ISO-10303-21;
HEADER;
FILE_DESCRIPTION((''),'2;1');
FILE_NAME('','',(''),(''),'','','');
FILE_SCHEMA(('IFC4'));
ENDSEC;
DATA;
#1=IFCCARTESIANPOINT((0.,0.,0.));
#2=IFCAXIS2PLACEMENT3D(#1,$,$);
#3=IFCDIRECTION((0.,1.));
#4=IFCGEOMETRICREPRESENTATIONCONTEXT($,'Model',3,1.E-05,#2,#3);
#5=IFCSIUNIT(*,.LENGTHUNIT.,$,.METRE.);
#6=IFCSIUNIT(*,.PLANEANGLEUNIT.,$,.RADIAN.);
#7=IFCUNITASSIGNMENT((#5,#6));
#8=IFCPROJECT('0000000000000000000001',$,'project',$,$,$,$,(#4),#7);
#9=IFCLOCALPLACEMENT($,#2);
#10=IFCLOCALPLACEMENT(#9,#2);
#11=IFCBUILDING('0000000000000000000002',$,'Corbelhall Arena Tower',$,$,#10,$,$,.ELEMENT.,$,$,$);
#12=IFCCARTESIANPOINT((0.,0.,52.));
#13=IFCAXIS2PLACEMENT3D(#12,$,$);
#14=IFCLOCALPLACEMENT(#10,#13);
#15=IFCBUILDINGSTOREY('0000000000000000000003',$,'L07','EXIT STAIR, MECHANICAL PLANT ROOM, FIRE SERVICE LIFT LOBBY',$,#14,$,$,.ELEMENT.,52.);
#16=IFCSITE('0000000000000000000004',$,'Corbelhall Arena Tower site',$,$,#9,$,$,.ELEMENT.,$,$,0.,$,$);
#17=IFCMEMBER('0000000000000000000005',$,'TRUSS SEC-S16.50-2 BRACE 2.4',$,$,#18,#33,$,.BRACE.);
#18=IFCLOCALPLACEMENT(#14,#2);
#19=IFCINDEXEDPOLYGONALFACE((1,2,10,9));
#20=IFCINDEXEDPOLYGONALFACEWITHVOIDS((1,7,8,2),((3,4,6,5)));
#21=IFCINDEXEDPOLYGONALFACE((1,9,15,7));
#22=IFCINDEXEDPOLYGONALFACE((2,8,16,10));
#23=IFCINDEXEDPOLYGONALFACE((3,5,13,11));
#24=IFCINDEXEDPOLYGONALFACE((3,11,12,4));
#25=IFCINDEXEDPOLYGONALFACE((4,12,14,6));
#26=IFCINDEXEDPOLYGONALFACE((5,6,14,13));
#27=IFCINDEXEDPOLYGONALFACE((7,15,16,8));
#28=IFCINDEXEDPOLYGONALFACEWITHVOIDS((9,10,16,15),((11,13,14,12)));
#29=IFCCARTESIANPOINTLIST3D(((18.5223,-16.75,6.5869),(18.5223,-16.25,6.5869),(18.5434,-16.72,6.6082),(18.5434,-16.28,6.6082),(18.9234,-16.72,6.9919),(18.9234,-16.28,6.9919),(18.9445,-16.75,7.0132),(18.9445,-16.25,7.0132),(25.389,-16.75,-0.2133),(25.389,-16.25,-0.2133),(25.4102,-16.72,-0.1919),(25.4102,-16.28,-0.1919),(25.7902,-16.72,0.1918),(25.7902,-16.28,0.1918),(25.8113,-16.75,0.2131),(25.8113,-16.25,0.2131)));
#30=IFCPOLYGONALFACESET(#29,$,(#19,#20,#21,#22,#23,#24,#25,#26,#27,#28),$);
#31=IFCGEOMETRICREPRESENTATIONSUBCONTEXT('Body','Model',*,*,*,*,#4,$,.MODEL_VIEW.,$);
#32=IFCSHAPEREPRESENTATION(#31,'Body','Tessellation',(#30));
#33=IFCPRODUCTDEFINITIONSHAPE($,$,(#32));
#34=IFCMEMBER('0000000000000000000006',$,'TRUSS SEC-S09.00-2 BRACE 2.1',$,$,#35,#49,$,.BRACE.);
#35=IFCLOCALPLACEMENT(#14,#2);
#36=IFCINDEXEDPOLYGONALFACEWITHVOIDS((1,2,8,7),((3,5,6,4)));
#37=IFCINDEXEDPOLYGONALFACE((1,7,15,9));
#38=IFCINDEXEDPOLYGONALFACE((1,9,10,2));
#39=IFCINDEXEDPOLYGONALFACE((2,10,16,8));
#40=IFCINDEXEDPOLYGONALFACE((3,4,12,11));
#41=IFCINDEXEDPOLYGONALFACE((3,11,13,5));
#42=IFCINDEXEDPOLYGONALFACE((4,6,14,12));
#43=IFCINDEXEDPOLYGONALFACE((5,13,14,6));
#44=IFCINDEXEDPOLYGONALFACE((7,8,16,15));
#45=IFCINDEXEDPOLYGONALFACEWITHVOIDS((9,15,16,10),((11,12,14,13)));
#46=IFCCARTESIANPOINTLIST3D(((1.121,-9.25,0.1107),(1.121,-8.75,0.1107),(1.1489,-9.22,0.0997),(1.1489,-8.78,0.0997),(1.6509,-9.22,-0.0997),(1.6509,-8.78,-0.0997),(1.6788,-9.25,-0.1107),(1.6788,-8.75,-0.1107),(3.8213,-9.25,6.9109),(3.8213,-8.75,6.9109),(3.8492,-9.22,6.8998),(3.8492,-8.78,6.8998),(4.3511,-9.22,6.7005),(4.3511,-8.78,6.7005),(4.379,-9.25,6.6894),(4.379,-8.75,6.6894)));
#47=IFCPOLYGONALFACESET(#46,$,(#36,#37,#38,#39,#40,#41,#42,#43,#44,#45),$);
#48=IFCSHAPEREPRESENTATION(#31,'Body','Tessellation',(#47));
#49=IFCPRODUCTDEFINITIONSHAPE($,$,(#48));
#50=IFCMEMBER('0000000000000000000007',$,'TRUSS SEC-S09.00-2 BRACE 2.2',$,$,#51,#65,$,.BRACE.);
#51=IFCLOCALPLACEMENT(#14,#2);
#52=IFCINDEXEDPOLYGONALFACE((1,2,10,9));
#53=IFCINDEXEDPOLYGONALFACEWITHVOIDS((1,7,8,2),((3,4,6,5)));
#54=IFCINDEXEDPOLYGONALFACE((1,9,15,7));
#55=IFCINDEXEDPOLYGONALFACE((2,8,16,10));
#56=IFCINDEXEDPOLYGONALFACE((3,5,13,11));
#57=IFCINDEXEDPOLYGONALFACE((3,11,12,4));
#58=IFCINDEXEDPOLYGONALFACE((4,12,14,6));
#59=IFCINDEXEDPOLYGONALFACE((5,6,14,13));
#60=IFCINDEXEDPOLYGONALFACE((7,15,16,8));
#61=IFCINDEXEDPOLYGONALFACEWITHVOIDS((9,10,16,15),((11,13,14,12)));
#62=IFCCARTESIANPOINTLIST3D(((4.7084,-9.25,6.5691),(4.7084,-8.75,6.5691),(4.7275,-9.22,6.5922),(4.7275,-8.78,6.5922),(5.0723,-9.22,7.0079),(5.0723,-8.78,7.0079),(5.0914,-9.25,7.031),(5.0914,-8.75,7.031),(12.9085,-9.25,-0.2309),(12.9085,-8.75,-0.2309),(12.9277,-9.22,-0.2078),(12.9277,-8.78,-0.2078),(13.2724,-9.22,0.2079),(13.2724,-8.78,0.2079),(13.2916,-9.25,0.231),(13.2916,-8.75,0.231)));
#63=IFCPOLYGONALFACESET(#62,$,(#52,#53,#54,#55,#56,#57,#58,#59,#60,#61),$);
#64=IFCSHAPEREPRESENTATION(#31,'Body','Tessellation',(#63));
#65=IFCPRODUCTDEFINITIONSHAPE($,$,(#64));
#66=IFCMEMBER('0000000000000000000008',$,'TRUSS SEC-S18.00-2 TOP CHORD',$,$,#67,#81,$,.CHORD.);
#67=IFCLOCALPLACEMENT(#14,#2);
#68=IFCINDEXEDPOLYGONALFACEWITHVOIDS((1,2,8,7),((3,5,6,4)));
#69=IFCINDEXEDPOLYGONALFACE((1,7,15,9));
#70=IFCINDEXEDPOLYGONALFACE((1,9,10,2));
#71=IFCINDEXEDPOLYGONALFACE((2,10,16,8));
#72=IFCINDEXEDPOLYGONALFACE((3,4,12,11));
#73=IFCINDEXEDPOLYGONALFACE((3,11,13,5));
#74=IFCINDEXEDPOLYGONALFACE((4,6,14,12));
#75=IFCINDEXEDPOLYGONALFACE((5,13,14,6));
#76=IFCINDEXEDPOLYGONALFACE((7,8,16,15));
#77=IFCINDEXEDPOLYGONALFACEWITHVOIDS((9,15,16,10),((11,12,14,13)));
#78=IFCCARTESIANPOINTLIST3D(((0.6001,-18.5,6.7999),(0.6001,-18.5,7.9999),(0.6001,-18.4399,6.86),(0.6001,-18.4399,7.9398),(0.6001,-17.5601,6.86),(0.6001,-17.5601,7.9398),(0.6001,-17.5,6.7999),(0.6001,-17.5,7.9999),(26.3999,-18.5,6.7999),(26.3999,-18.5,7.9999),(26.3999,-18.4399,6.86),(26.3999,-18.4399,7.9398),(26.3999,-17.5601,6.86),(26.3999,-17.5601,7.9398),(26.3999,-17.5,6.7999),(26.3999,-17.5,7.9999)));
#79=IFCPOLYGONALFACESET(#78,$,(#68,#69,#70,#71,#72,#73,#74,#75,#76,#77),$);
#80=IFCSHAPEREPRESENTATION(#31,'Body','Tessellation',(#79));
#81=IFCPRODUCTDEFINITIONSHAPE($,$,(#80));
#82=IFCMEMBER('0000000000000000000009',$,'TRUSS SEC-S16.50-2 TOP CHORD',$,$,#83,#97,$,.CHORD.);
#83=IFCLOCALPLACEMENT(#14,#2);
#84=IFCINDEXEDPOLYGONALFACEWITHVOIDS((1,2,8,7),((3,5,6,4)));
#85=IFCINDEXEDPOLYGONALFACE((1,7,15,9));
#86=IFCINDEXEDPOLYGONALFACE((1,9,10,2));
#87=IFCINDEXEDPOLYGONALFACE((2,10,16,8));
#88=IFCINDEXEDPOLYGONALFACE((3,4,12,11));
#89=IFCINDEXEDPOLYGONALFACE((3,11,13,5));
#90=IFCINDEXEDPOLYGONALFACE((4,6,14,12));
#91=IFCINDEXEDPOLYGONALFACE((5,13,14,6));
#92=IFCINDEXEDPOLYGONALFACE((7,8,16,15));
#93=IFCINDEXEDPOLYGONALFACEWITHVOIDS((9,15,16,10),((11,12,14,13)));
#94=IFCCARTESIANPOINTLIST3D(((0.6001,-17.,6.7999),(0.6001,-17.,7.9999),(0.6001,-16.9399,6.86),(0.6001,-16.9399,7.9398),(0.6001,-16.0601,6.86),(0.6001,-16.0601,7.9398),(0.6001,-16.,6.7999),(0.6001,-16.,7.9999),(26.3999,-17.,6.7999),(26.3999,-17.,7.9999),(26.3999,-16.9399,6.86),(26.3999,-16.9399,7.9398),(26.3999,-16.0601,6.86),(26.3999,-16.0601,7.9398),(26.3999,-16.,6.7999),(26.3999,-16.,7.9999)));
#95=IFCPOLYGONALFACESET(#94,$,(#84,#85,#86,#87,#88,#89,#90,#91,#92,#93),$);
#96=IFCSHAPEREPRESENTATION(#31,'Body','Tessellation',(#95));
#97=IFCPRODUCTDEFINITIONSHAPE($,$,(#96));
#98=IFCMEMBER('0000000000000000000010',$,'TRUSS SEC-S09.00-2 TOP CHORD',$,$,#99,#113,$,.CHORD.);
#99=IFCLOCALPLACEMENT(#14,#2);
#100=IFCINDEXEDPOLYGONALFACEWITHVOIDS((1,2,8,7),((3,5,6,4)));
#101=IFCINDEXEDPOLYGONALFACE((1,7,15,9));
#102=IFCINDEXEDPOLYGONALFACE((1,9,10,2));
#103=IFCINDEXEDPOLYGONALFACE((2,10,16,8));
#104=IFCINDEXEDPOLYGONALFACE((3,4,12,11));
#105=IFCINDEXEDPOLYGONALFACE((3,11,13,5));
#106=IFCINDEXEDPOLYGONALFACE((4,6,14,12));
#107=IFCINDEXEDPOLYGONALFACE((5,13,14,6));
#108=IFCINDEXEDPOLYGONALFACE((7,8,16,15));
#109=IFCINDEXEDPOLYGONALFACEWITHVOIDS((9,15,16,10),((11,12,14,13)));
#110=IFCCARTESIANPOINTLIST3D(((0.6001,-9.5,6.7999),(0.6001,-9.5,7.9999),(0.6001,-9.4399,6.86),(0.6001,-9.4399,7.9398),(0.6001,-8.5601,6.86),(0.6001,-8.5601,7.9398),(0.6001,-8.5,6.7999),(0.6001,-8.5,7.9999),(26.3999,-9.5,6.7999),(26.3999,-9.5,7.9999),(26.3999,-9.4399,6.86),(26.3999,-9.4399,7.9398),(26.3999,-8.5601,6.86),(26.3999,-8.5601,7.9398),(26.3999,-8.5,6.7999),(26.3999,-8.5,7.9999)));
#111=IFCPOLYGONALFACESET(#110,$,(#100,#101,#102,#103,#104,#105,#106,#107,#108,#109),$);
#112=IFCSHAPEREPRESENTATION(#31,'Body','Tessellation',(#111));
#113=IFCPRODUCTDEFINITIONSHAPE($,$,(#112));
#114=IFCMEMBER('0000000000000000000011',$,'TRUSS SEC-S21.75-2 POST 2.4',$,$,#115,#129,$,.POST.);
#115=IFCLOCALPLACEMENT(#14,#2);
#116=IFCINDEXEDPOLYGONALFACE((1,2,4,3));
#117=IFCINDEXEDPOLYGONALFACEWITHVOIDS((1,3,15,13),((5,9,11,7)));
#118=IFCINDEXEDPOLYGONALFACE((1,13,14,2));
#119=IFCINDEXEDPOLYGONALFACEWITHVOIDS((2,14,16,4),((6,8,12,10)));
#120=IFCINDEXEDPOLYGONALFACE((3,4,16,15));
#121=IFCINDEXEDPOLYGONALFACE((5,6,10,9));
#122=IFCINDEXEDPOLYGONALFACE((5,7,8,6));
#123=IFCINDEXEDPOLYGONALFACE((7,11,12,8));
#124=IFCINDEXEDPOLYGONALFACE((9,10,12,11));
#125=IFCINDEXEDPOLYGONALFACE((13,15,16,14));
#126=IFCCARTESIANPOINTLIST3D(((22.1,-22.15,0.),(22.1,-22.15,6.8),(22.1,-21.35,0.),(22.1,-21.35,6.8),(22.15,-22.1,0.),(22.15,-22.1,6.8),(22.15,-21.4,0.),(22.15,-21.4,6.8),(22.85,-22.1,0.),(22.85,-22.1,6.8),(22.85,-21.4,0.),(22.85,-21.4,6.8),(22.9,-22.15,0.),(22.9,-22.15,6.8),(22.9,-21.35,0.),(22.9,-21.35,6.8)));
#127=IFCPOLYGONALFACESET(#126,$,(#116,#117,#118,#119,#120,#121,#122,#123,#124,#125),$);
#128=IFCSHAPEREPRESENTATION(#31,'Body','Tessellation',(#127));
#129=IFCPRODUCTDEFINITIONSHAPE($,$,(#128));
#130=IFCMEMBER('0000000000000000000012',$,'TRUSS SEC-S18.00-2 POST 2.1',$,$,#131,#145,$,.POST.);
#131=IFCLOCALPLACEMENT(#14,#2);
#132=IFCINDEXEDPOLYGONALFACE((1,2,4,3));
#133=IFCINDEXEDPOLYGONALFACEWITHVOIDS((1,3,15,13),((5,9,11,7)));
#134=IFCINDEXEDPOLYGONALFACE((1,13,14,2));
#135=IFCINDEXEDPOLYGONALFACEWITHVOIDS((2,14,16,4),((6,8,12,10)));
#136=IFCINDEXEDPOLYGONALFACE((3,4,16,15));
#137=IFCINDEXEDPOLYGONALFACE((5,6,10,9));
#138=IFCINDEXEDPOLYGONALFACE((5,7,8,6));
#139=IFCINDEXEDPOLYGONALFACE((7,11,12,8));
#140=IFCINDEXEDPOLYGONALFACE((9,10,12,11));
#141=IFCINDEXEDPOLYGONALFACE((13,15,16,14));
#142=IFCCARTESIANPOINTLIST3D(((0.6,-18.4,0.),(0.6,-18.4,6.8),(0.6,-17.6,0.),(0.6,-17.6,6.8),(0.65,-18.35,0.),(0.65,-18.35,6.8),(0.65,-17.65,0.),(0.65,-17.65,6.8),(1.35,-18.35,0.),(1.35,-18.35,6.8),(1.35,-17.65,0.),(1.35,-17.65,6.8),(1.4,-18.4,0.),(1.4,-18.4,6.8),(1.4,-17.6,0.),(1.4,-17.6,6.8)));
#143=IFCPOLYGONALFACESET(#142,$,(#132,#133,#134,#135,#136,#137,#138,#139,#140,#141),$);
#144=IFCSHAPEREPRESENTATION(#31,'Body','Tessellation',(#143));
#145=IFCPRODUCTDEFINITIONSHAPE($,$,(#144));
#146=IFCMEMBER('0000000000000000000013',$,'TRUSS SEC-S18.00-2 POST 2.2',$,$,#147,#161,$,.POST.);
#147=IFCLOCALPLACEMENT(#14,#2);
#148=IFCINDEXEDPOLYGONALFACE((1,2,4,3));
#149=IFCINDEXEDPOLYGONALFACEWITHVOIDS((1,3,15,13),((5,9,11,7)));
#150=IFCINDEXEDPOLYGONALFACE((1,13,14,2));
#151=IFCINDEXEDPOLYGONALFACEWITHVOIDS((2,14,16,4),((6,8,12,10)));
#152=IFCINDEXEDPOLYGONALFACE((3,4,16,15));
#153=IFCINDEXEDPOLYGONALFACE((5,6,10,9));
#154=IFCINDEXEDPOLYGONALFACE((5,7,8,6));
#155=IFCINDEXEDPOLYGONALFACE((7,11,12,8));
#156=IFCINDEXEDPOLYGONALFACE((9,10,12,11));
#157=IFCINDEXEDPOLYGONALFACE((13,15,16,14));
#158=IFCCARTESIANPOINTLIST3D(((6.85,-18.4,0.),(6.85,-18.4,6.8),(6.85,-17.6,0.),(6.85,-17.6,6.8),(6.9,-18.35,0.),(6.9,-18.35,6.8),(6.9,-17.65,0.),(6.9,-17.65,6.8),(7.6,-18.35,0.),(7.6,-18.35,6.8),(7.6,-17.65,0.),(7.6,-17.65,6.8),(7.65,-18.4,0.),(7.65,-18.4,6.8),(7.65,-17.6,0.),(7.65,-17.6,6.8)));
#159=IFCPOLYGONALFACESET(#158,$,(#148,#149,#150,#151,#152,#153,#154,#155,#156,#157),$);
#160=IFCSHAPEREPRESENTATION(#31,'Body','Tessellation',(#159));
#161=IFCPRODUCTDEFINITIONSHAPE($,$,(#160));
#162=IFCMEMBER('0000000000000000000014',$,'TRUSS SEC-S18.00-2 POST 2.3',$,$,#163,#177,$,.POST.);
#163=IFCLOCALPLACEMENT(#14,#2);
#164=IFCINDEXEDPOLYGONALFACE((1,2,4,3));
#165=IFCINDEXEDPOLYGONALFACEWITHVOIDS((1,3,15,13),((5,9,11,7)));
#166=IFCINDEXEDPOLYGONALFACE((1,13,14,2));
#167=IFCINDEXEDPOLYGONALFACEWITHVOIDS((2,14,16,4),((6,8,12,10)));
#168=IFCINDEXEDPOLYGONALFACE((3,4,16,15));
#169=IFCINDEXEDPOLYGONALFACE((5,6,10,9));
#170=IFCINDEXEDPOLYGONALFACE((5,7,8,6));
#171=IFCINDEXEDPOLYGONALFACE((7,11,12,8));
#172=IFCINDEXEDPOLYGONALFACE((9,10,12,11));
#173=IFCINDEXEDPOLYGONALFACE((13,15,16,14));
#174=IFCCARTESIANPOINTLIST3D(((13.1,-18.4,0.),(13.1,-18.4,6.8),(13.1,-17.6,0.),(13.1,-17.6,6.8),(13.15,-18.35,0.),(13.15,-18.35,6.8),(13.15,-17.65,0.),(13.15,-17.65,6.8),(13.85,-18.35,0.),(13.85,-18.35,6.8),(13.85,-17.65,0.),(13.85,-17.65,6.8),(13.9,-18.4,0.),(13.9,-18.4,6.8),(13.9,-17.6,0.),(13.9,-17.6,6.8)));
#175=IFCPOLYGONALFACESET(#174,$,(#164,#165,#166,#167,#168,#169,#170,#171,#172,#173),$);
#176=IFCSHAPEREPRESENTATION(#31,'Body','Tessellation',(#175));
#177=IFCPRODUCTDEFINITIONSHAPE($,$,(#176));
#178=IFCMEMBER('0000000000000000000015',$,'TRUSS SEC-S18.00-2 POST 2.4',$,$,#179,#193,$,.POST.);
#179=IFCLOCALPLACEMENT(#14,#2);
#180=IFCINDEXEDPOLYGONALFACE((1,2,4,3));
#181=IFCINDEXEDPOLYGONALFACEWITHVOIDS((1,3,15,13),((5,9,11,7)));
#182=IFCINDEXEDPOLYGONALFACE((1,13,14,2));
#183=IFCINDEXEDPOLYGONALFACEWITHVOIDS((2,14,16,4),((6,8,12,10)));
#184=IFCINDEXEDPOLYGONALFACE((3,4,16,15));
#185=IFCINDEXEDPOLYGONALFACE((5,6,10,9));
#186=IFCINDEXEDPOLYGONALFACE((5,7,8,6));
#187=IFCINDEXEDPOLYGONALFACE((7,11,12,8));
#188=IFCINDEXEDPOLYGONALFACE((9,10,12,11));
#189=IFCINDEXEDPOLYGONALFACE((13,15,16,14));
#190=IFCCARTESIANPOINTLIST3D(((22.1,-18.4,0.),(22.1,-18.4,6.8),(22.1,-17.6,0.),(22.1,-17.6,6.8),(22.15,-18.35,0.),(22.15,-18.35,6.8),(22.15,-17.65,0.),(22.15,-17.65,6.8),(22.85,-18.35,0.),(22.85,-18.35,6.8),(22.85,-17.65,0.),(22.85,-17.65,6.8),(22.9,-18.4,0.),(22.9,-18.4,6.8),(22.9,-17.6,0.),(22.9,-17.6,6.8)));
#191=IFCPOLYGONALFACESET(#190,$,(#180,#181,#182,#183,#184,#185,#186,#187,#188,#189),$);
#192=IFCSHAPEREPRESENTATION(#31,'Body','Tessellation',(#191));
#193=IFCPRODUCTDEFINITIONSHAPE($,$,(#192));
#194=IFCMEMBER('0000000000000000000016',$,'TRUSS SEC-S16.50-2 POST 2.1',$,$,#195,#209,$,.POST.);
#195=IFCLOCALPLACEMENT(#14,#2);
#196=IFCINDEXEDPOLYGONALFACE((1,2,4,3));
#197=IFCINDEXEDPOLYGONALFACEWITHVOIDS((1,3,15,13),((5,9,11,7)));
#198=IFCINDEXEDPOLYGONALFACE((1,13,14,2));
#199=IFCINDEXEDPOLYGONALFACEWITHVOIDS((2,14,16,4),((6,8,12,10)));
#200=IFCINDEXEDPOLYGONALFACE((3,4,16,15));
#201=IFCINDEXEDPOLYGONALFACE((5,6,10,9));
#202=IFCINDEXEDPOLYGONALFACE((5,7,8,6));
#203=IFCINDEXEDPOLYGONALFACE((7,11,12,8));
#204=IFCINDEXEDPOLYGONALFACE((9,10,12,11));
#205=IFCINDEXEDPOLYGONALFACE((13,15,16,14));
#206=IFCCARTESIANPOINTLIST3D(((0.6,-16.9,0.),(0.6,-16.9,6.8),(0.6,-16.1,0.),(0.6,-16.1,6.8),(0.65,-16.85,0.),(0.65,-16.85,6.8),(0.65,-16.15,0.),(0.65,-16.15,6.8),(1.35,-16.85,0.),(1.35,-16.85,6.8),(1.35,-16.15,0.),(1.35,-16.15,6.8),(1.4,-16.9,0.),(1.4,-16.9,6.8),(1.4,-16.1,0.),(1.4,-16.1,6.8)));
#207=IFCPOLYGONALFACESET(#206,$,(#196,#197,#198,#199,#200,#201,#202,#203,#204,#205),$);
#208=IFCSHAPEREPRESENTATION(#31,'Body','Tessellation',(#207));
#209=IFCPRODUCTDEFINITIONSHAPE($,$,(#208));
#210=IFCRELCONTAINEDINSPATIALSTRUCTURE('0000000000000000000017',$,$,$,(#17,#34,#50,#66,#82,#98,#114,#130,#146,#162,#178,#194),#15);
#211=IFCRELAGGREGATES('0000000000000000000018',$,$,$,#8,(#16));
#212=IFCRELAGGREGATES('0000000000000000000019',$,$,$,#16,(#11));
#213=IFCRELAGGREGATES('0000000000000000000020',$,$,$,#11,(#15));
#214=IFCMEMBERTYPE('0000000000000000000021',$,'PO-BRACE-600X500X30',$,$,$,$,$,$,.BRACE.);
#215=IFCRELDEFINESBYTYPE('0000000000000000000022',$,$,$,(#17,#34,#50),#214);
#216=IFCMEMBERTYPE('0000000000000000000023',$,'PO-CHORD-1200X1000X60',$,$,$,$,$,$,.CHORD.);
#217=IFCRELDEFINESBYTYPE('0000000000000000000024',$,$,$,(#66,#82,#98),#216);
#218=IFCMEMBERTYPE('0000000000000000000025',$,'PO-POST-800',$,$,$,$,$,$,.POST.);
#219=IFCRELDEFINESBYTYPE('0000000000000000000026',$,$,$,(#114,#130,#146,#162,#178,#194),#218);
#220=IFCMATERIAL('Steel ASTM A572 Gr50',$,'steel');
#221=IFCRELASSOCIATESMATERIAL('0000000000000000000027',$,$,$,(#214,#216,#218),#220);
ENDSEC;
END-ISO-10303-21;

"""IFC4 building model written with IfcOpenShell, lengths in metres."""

from ifc_helpers import new_model, si_unit, direction, frame, origin, origin_2d, place, context, subcontext, project, spatial, hollow_rectangle, extrude, material, material_profile, profile_set, type_object, element, save


model = new_model("IFC4")

# Units and contexts
model_context = context("Model", 3, precision=1e-05, world=origin(), true_north=direction((0.0, 1.0)))
body_context = subcontext(model_context, "Body", "Model", "MODEL_VIEW")
ifc_project = project(units=[si_unit("LENGTHUNIT", "METRE"), si_unit("PLANEANGLEUNIT", "RADIAN")], contexts=[model_context])

# Site, building, storey
site_placement = place(None, origin())
site = spatial("IfcSite", under=ifc_project, at=site_placement, Name="Corbelhall Arena Tower site", CompositionType="ELEMENT", RefElevation=0.0)
building_placement = place(site_placement, origin())
building = spatial("IfcBuilding", under=site, at=building_placement, Name="Corbelhall Arena Tower", CompositionType="ELEMENT")
storey_placement = place(building_placement, frame((0.0, 0.0, 52.0)))
storey = spatial("IfcBuildingStorey", under=building, at=storey_placement, Name="L07", Description="EXIT STAIR, MECHANICAL PLANT ROOM, FIRE SERVICE LIFT LOBBY", CompositionType="ELEMENT", Elevation=52.0)

# Members
ifc_material_1 = material(Name="Steel ASTM A572 Gr50", Category="steel")
ifc_material_profile_1 = material_profile(ifc_material_1, hollow_rectangle(XDim=0.5, YDim=0.6001, WallThickness=0.03, at=origin_2d()))
ifc_profile_set_1 = profile_set([ifc_material_profile_1], Name="Steel ASTM A572 Gr50")
member_type_1 = type_object("IfcMemberType", Name="PO-BRACE-600X500X30", PredefinedType="BRACE", material=ifc_profile_set_1)
for number, where, z_axis, x_axis, name in (
    (1, (18.7334, -16.5, 6.8), (0.710547, 0.0, -0.70365), (0.0, 1.0, 0.0), "TRUSS SEC-S16.50-2 BRACE 2.4"),
):
    element("IfcMember", number, at=place(storey_placement, frame(where, z_axis=z_axis, x_axis=x_axis)), inside=storey, type_object=member_type_1, Name=name, PredefinedType="BRACE", context=body_context, shape_type="SweptSolid", body=[
        extrude(hollow_rectangle(XDim=0.5, YDim=0.6001, WallThickness=0.03, at=origin_2d()), origin(), (0.0, 0.0, 1.0), 9.6641),
    ])
member_1_placement = place(storey_placement, frame((1.3999, -9.0, 0.0), z_axis=(0.369054, 0.0, 0.929408), x_axis=(0.0, 1.0, 0.0)))
element("IfcMember", 2, at=member_1_placement, inside=storey, type_object=member_type_1, Name="TRUSS SEC-S09.00-2 BRACE 2.1", PredefinedType="BRACE", context=body_context, shape_type="SweptSolid", body=[
    extrude(hollow_rectangle(XDim=0.5, YDim=0.6001, WallThickness=0.03, at=origin_2d()), origin(), (0.0, 0.0, 1.0), 7.3167),
])
member_2_placement = place(storey_placement, frame((4.8999, -9.0, 6.8), z_axis=(0.769763, 0.0, -0.63833), x_axis=(0.0, 1.0, 0.0)))
element("IfcMember", 3, at=member_2_placement, inside=storey, type_object=member_type_1, Name="TRUSS SEC-S09.00-2 BRACE 2.2", PredefinedType="BRACE", context=body_context, shape_type="SweptSolid", body=[
    extrude(hollow_rectangle(XDim=0.5, YDim=0.6001, WallThickness=0.03, at=origin_2d()), origin(), (0.0, 0.0, 1.0), 10.6528),
])
ifc_material_profile_2 = material_profile(ifc_material_1, hollow_rectangle(XDim=1.0, YDim=1.2, WallThickness=0.0601, at=origin_2d()))
ifc_profile_set_2 = profile_set([ifc_material_profile_2], Name="Steel ASTM A572 Gr50")
member_type_2 = type_object("IfcMemberType", Name="PO-CHORD-1200X1000X60", PredefinedType="CHORD", material=ifc_profile_set_2)
for number, where, z_axis, x_axis, name in (
    (4, (0.6001, -18.0, 7.3999), (1.0, 0.0, 0.0), (0.0, 1.0, 0.0), "TRUSS SEC-S18.00-2 TOP CHORD"),
    (5, (0.6001, -16.5, 7.3999), (1.0, 0.0, 0.0), (0.0, 1.0, 0.0), "TRUSS SEC-S16.50-2 TOP CHORD"),
    (6, (0.6001, -9.0, 7.3999), (1.0, 0.0, 0.0), (0.0, 1.0, 0.0), "TRUSS SEC-S09.00-2 TOP CHORD"),
):
    element("IfcMember", number, at=place(storey_placement, frame(where, z_axis=z_axis, x_axis=x_axis)), inside=storey, type_object=member_type_2, Name=name, PredefinedType="CHORD", context=body_context, shape_type="SweptSolid", body=[
        extrude(hollow_rectangle(XDim=1.0, YDim=1.2, WallThickness=0.0601, at=origin_2d()), origin(), (0.0, 0.0, 1.0), 25.7998),
    ])
ifc_material_profile_3 = material_profile(ifc_material_1, hollow_rectangle(XDim=0.8, YDim=0.8, WallThickness=0.05, at=origin_2d()))
ifc_profile_set_3 = profile_set([ifc_material_profile_3], Name="Steel ASTM A572 Gr50")
member_type_3 = type_object("IfcMemberType", Name="PO-POST-800", PredefinedType="POST", material=ifc_profile_set_3)
for number, where, z_axis, x_axis, name in (
    (7, (22.5, -21.75, 0.0), (0.0, 0.0, 1.0), (1.0, 0.0, 0.0), "TRUSS SEC-S21.75-2 POST 2.4"),
    (8, (1.0, -18.0, 0.0), (0.0, 0.0, 1.0), (1.0, 0.0, 0.0), "TRUSS SEC-S18.00-2 POST 2.1"),
    (9, (7.25, -18.0, 0.0), (0.0, 0.0, 1.0), (1.0, 0.0, 0.0), "TRUSS SEC-S18.00-2 POST 2.2"),
    (10, (13.5, -18.0, 0.0), (0.0, 0.0, 1.0), (1.0, 0.0, 0.0), "TRUSS SEC-S18.00-2 POST 2.3"),
    (11, (22.5, -18.0, 0.0), (0.0, 0.0, 1.0), (1.0, 0.0, 0.0), "TRUSS SEC-S18.00-2 POST 2.4"),
    (12, (1.0, -16.5, 0.0), (0.0, 0.0, 1.0), (1.0, 0.0, 0.0), "TRUSS SEC-S16.50-2 POST 2.1"),
):
    element("IfcMember", number, at=place(storey_placement, frame(where, z_axis=z_axis, x_axis=x_axis)), inside=storey, type_object=member_type_3, Name=name, PredefinedType="POST", context=body_context, shape_type="SweptSolid", body=[
        extrude(hollow_rectangle(XDim=0.8, YDim=0.8, WallThickness=0.05, at=origin_2d()), origin(), (0.0, 0.0, 1.0), 6.8),
    ])

save(model, "model.ifc")
